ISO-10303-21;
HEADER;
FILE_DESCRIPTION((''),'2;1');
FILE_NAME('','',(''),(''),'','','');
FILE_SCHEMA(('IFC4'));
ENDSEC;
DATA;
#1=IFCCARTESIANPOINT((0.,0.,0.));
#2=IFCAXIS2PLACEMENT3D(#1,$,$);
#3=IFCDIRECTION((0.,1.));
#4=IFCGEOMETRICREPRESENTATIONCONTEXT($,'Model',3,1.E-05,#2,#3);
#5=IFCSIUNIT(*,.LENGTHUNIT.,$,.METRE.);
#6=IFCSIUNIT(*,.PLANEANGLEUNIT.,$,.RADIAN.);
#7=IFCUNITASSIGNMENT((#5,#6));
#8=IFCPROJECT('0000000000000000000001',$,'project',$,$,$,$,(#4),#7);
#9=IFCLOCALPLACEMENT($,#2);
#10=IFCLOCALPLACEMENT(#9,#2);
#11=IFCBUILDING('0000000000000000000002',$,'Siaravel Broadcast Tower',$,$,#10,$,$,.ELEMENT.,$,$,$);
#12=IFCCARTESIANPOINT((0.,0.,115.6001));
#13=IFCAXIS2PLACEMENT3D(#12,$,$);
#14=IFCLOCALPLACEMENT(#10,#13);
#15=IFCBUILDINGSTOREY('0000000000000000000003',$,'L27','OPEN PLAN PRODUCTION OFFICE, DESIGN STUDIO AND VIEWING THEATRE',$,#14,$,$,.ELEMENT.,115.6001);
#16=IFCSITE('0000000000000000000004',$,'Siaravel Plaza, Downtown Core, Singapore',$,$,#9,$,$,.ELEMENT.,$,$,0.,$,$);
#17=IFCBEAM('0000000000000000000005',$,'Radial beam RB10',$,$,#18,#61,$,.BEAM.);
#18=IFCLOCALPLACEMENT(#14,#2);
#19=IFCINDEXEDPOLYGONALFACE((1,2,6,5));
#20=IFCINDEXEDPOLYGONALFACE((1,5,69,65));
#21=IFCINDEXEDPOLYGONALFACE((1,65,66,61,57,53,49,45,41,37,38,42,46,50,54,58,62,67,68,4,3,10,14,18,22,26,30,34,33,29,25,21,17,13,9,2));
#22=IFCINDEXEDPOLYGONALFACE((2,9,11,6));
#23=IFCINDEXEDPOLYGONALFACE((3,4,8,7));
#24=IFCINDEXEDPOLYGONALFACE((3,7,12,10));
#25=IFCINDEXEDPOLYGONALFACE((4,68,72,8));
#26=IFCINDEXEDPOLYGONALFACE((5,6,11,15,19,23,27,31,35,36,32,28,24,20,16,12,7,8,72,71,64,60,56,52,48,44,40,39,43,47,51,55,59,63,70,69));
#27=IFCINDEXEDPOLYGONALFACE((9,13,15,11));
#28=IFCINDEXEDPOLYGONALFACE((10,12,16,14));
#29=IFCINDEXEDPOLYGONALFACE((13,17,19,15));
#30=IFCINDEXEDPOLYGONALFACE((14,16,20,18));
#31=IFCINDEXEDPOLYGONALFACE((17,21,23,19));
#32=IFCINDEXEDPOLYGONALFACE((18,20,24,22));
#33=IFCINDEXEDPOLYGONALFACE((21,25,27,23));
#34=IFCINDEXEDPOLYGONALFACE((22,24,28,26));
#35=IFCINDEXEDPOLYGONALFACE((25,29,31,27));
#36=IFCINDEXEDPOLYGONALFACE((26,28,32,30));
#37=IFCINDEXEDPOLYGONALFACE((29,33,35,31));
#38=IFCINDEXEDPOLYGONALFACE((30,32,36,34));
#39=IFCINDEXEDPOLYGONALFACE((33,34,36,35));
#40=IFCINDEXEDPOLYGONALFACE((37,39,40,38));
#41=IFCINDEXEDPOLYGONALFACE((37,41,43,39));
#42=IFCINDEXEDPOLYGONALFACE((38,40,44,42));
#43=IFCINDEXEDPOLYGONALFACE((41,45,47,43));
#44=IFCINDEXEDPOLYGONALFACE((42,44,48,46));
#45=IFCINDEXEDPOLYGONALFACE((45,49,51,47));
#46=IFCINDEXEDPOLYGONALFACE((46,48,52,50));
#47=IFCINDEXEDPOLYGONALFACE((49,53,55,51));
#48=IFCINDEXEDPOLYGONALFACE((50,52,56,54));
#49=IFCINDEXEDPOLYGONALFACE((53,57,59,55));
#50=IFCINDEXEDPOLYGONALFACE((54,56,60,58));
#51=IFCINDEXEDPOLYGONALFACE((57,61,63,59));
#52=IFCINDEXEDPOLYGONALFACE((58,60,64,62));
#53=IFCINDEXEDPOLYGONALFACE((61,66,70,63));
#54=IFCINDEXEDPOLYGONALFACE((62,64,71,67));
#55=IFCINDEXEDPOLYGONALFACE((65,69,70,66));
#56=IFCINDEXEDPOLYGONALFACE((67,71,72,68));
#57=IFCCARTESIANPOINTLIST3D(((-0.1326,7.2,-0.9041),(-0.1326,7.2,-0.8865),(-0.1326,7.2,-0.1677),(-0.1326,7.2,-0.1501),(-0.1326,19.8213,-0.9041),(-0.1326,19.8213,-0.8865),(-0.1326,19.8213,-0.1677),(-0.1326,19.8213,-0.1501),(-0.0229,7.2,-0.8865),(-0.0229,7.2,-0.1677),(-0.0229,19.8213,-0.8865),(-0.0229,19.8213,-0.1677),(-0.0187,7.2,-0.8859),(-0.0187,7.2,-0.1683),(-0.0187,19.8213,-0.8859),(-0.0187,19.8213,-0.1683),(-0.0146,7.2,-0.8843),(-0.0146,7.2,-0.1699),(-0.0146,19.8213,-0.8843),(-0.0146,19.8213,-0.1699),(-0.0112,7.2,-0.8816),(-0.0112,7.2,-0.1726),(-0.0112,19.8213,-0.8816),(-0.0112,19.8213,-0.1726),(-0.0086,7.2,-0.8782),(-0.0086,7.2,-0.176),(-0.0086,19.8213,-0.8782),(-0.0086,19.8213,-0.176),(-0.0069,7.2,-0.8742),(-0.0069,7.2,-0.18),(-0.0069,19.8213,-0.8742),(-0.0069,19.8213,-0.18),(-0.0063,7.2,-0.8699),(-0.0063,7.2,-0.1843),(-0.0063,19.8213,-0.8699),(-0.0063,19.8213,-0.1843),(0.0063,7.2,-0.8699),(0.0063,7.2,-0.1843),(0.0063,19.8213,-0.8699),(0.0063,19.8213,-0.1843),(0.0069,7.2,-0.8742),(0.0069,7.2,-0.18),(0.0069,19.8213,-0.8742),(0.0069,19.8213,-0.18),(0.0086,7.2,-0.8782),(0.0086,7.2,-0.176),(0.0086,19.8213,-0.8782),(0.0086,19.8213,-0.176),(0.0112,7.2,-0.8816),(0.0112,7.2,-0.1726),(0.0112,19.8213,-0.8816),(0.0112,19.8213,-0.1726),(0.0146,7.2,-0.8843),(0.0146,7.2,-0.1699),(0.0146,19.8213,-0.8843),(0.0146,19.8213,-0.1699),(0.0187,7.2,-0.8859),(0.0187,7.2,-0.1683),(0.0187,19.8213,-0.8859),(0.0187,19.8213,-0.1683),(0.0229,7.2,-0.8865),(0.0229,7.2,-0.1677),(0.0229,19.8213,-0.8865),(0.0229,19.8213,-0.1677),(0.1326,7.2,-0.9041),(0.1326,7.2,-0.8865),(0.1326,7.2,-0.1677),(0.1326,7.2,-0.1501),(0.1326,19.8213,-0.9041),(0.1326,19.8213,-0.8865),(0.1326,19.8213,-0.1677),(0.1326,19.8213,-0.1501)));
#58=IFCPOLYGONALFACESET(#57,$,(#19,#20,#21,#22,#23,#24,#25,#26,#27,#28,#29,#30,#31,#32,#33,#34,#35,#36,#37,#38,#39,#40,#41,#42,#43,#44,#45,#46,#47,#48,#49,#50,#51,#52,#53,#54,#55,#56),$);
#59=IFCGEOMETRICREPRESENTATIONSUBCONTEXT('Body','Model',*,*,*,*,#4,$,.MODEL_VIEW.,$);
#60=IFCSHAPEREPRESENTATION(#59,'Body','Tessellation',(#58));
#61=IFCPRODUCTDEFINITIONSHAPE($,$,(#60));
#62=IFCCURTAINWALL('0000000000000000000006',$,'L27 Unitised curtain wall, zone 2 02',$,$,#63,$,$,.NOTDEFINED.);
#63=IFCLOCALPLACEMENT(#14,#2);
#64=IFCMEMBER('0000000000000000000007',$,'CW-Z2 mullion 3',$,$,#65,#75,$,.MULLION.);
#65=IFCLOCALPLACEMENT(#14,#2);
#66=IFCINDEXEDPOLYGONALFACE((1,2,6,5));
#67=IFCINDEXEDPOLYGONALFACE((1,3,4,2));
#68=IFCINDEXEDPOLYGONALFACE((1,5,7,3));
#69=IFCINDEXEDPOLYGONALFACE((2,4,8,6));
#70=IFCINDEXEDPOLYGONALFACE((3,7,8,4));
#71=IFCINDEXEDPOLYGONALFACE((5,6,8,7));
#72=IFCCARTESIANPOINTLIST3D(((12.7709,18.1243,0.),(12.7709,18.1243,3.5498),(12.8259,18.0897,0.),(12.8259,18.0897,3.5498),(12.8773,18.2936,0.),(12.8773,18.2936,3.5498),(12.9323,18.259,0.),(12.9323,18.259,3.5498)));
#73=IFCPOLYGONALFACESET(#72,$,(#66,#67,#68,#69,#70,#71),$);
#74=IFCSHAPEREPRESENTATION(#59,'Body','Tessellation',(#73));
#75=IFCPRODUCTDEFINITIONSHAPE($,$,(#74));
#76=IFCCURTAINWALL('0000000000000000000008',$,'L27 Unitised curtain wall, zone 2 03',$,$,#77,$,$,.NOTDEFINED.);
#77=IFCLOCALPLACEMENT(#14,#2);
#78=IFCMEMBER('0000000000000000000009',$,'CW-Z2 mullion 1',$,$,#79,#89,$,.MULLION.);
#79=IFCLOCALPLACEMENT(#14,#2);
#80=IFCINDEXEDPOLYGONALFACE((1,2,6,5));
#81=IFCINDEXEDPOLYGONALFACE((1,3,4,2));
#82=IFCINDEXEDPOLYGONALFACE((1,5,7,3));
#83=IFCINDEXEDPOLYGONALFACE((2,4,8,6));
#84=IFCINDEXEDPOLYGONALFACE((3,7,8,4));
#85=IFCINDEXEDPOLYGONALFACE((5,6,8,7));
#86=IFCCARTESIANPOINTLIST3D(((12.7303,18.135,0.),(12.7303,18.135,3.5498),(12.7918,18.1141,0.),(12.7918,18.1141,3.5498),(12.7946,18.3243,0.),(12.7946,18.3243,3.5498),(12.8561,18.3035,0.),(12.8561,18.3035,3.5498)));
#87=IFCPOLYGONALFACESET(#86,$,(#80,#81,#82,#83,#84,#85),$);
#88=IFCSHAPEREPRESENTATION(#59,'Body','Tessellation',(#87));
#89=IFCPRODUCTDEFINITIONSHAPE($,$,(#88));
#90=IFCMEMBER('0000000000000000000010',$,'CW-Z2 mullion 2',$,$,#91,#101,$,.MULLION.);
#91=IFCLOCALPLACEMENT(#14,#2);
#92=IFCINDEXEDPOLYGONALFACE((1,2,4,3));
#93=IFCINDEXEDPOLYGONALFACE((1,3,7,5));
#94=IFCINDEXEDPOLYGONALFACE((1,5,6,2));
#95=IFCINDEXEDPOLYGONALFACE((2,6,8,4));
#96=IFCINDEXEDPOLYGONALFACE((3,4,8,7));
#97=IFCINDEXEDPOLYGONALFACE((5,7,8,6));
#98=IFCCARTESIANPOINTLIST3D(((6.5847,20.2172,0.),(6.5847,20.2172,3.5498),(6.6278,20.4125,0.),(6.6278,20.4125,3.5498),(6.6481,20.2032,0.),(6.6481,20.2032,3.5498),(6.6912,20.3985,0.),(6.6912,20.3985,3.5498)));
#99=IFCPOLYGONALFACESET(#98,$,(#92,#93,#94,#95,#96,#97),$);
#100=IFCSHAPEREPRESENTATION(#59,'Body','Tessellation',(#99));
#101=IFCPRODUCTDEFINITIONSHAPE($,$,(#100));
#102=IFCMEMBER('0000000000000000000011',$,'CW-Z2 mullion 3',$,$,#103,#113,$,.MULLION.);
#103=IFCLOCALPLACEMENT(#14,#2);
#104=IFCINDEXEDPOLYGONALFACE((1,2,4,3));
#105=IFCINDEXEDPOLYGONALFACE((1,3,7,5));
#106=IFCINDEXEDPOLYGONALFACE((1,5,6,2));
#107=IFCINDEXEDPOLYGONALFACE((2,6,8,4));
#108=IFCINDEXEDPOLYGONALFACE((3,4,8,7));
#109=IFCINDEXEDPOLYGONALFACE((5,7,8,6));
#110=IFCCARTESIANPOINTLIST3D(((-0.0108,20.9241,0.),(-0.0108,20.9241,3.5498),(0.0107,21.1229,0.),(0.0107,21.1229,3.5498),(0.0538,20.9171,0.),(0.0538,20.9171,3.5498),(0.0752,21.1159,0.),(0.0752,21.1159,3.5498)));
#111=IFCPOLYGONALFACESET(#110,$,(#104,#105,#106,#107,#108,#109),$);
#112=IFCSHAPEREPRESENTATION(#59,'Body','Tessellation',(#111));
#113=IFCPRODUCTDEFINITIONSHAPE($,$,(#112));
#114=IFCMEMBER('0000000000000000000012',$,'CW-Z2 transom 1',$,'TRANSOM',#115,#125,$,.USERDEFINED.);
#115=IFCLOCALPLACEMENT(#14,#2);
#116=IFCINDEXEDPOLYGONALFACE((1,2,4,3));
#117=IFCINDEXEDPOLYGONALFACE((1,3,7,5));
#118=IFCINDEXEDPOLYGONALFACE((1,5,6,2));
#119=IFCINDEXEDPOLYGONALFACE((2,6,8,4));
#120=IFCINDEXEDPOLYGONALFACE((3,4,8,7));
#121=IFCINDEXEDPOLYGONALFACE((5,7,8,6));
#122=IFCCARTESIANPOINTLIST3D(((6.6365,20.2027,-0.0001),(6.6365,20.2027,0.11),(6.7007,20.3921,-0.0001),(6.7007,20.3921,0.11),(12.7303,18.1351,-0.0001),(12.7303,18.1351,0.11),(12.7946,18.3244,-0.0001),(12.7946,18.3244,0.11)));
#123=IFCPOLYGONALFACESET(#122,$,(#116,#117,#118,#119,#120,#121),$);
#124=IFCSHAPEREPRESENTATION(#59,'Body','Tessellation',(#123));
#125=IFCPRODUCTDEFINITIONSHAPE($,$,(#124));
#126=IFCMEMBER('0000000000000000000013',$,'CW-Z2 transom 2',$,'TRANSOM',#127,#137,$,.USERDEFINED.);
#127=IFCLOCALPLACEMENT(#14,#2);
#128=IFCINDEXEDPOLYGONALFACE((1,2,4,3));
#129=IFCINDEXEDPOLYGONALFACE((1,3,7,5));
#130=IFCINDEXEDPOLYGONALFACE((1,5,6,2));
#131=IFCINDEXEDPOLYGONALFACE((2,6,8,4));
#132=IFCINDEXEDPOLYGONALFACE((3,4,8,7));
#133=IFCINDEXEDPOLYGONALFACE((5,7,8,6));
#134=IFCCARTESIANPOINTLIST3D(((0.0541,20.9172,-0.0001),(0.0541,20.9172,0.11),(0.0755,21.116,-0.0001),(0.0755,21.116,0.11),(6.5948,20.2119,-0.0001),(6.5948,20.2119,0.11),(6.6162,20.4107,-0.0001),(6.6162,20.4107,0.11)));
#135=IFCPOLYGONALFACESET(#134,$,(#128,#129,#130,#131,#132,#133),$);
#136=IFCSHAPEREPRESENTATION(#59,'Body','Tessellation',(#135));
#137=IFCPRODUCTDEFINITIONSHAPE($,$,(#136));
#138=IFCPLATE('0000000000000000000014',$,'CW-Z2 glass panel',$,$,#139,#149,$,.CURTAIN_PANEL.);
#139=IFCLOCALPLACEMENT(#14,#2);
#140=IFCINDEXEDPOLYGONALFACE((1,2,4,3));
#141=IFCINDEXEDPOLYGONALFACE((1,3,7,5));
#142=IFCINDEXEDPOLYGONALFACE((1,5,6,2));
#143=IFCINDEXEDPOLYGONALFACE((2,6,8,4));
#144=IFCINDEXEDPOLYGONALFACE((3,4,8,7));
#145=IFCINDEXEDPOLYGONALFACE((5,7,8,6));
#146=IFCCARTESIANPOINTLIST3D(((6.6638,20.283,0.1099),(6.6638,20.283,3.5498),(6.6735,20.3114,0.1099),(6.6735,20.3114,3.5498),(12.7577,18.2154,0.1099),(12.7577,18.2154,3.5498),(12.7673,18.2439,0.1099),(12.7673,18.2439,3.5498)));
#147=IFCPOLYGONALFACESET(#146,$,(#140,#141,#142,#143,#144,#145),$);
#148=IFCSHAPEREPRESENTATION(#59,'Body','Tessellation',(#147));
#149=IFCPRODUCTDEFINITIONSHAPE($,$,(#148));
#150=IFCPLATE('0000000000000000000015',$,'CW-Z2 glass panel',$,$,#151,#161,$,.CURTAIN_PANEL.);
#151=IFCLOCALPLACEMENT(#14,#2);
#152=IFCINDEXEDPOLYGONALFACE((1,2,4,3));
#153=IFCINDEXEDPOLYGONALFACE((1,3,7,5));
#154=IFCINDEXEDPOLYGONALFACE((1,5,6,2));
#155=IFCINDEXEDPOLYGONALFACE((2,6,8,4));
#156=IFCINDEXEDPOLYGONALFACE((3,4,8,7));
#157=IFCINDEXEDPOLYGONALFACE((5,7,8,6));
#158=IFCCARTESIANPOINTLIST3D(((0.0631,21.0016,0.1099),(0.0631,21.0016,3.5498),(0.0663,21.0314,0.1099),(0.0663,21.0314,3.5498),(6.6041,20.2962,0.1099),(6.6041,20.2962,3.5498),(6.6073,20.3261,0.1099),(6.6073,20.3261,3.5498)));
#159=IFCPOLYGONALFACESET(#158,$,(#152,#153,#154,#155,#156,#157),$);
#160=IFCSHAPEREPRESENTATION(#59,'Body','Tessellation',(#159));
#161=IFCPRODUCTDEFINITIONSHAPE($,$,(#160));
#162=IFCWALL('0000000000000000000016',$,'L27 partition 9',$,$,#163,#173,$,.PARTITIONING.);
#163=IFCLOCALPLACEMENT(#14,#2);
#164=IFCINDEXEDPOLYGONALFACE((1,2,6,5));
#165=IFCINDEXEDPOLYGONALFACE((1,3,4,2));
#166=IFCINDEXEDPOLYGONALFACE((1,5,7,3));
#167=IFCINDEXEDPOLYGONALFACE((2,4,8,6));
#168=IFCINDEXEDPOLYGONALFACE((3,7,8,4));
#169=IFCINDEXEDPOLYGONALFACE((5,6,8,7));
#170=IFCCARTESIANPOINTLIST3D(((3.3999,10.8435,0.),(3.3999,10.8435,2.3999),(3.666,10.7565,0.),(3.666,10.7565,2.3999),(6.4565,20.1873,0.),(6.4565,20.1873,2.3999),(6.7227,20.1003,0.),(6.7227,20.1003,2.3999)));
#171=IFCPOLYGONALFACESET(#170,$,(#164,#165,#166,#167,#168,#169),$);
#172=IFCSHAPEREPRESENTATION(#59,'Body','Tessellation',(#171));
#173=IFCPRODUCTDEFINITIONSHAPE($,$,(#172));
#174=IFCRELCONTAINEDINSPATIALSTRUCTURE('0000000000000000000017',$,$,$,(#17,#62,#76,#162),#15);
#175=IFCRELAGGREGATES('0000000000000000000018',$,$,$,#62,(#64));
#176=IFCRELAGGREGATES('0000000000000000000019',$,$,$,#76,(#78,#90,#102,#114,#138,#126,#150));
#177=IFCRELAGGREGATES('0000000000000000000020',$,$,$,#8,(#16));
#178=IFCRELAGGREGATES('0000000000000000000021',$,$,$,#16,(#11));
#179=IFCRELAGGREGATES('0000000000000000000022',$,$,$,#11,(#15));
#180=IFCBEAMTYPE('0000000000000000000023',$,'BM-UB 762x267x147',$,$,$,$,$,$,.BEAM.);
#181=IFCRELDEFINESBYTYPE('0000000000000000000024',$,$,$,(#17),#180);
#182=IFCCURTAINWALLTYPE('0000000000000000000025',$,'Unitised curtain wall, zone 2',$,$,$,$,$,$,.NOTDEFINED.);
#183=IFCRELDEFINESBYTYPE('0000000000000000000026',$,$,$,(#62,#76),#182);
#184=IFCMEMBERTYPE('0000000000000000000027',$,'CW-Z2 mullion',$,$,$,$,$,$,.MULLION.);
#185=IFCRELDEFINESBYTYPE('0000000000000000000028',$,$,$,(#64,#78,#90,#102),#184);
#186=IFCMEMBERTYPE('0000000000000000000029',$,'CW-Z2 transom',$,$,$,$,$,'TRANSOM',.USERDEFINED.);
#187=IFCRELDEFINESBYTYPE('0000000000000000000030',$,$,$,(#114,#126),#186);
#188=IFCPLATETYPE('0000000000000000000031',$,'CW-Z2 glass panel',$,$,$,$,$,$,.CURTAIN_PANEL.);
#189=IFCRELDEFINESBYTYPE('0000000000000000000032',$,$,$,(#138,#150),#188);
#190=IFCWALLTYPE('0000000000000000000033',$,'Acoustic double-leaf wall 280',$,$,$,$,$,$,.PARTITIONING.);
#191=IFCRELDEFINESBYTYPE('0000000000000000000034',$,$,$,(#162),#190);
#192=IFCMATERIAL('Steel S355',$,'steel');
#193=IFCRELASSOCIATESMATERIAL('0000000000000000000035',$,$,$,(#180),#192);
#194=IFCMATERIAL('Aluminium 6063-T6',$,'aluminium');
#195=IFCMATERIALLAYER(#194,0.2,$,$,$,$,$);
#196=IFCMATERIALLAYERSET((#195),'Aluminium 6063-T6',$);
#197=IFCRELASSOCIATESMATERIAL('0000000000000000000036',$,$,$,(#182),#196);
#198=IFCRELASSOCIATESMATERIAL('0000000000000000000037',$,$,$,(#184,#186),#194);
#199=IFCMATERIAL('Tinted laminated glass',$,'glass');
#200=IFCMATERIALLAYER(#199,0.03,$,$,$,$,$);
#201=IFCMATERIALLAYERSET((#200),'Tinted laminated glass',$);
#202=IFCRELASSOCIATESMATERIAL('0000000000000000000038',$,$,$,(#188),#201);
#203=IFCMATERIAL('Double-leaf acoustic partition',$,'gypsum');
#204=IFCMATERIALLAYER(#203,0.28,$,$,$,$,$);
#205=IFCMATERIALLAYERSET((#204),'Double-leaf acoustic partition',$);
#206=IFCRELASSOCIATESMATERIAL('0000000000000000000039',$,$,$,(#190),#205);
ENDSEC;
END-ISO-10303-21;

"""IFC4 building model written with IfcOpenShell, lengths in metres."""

from ifc_helpers import new_model, si_unit, direction, frame, frame_2d, origin, origin_2d, place, context, subcontext, project, spatial, rectangle, i_section, extrude, material, layer, layer_set, material_profile, profile_set, type_object, element, aggregate, save


model = new_model("IFC4")

# Units and contexts
model_context = context("Model", 3, precision=1e-05, world=origin(), true_north=direction((0.0, 1.0)))
body_context = subcontext(model_context, "Body", "Model", "MODEL_VIEW")
ifc_project = project(units=[si_unit("LENGTHUNIT", "METRE"), si_unit("PLANEANGLEUNIT", "RADIAN")], contexts=[model_context])

# Site, building, storey
site_placement = place(None, origin())
site = spatial("IfcSite", under=ifc_project, at=site_placement, Name="Siaravel Plaza, Downtown Core, Singapore", CompositionType="ELEMENT", RefElevation=0.0)
building_placement = place(site_placement, origin())
building = spatial("IfcBuilding", under=site, at=building_placement, Name="Siaravel Broadcast Tower", CompositionType="ELEMENT")
storey_placement = place(building_placement, frame((0.0, 0.0, 115.6001)))
storey = spatial("IfcBuildingStorey", under=building, at=storey_placement, Name="L27", Description="OPEN PLAN PRODUCTION OFFICE, DESIGN STUDIO AND VIEWING THEATRE", CompositionType="ELEMENT", Elevation=115.6001)

# Beam
ifc_material_1 = material(Name="Steel S355", Category="steel")
ifc_material_profile_1 = material_profile(ifc_material_1, i_section(OverallWidth=0.2651, OverallDepth=0.7539, WebThickness=0.0127, FlangeThickness=0.0176, FilletRadius=0.0166, at=origin_2d()))
ifc_profile_set_1 = profile_set([ifc_material_profile_1], Name="Steel S355")
beam_type = type_object("IfcBeamType", Name="BM-UB 762x267x147", PredefinedType="BEAM", material=ifc_profile_set_1)
beam_1_placement = place(storey_placement, frame((0.0, 19.8213, -0.5271), z_axis=(0.0, -1.0, 0.0), x_axis=(1.0, 0.0, 0.0)))
element("IfcBeam", 1, at=beam_1_placement, inside=storey, type_object=beam_type, Name="Radial beam RB10", PredefinedType="BEAM", context=body_context, shape_type="SweptSolid", body=[
    extrude(i_section(OverallWidth=0.2651, OverallDepth=0.7539, WebThickness=0.0127, FlangeThickness=0.0176, FilletRadius=0.0166, at=origin_2d()), origin(), (0.0, 0.0, 1.0), 12.6213),
])

# Curtain wall, member
ifc_material_2 = material(Name="Aluminium 6063-T6", Category="aluminium")
ifc_layer_1 = layer(ifc_material_2, 0.2)
ifc_layer_set_1 = layer_set([ifc_layer_1], Name="Aluminium 6063-T6")
curtain_wall_type = type_object("IfcCurtainWallType", Name="Unitised curtain wall, zone 2", PredefinedType="NOTDEFINED", material=ifc_layer_set_1)
curtain_wall_1_placement = place(storey_placement, origin())
curtain_wall_1 = element("IfcCurtainWall", 2, at=curtain_wall_1_placement, inside=storey, type_object=curtain_wall_type, Name="L27 Unitised curtain wall, zone 2 02", PredefinedType="NOTDEFINED")
ifc_material_profile_2 = material_profile(ifc_material_2, rectangle(XDim=0.2, YDim=0.0649, at=origin_2d()))
ifc_profile_set_2 = profile_set([ifc_material_profile_2], Name="Aluminium 6063-T6")
member_type_1 = type_object("IfcMemberType", Name="CW-Z2 mullion", PredefinedType="MULLION", material=ifc_profile_set_2)
member_1_placement = place(storey_placement, frame((12.8516, 18.1917, 0.0), z_axis=(0.0, 0.0, 1.0), x_axis=(-0.532149, -0.846651, 0.0)))
member_1 = element("IfcMember", 3, at=member_1_placement, type_object=member_type_1, Name="CW-Z2 mullion 3", PredefinedType="MULLION", context=body_context, shape_type="SweptSolid", body=[
    extrude(rectangle(XDim=0.2, YDim=0.0649, at=origin_2d()), origin(), (0.0, 0.0, 1.0), 3.5498),
])
aggregate(curtain_wall_1, [member_1])

# Curtain wall, members, plates
curtain_wall_2_placement = place(storey_placement, origin())
curtain_wall_2 = element("IfcCurtainWall", 4, at=curtain_wall_2_placement, inside=storey, type_object=curtain_wall_type, Name="L27 Unitised curtain wall, zone 2 03", PredefinedType="NOTDEFINED")
member_2_placement = place(storey_placement, frame((12.7932, 18.2192, 0.0), z_axis=(0.0, 0.0, 1.0), x_axis=(-0.321301, -0.946977, 0.0)))
member_2 = element("IfcMember", 5, at=member_2_placement, type_object=member_type_1, Name="CW-Z2 mullion 1", PredefinedType="MULLION", context=body_context, shape_type="SweptSolid", body=[
    extrude(rectangle(XDim=0.2, YDim=0.0649, at=origin_2d()), origin(), (0.0, 0.0, 1.0), 3.5498),
])
member_3_placement = place(storey_placement, frame((6.6379, 20.3079, 0.0), z_axis=(0.0, 0.0, 1.0), x_axis=(-0.215558, -0.976491, 0.0)))
member_3 = element("IfcMember", 6, at=member_3_placement, type_object=member_type_1, Name="CW-Z2 mullion 2", PredefinedType="MULLION", context=body_context, shape_type="SweptSolid", body=[
    extrude(rectangle(XDim=0.2, YDim=0.0649, at=origin_2d()), origin(), (0.0, 0.0, 1.0), 3.5498),
])
member_4_placement = place(storey_placement, frame((0.0322, 21.02, 0.0), z_axis=(0.0, 0.0, 1.0), x_axis=(-0.107217, -0.994236, 0.0)))
member_4 = element("IfcMember", 7, at=member_4_placement, type_object=member_type_1, Name="CW-Z2 mullion 3", PredefinedType="MULLION", context=body_context, shape_type="SweptSolid", body=[
    extrude(rectangle(XDim=0.2, YDim=0.0649, at=origin_2d()), origin(), (0.0, 0.0, 1.0), 3.5498),
])
ifc_material_profile_3 = material_profile(ifc_material_2, rectangle(XDim=0.2, YDim=0.1101, at=origin_2d()))
ifc_profile_set_3 = profile_set([ifc_material_profile_3], Name="Aluminium 6063-T6")
member_type_2 = type_object("IfcMemberType", Name="CW-Z2 transom", ElementType="TRANSOM", PredefinedType="USERDEFINED", material=ifc_profile_set_3)
member_5_placement = place(storey_placement, frame((12.7625, 18.2297, 0.0549), z_axis=(-0.946974, 0.321311, 0.0), x_axis=(-0.321311, -0.946974, 0.0)))
member_5 = element("IfcMember", 8, at=member_5_placement, type_object=member_type_2, Name="CW-Z2 transom 1", ObjectType="TRANSOM", PredefinedType="USERDEFINED", context=body_context, shape_type="SweptSolid", body=[
    extrude(rectangle(XDim=0.2, YDim=0.1101, at=origin_2d()), origin(), (0.0, 0.0, 1.0), 6.4351),
])
member_6_placement = place(storey_placement, frame((6.6055, 20.3113, 0.0549), z_axis=(-0.994236, 0.107213, 0.0), x_axis=(-0.107213, -0.994236, 0.0)))
member_6 = element("IfcMember", 9, at=member_6_placement, type_object=member_type_2, Name="CW-Z2 transom 2", ObjectType="TRANSOM", PredefinedType="USERDEFINED", context=body_context, shape_type="SweptSolid", body=[
    extrude(rectangle(XDim=0.2, YDim=0.1101, at=origin_2d()), origin(), (0.0, 0.0, 1.0), 6.5786),
])
ifc_material_3 = material(Name="Tinted laminated glass", Category="glass")
ifc_layer_2 = layer(ifc_material_3, 0.03)
ifc_layer_set_2 = layer_set([ifc_layer_2], Name="Tinted laminated glass")
plate_type = type_object("IfcPlateType", Name="CW-Z2 glass panel", PredefinedType="CURTAIN_PANEL", material=ifc_layer_set_2)
plate_1_placement = place(storey_placement, frame((9.7156, 19.2634, 0.1099), z_axis=(0.0, 0.0, 1.0), x_axis=(-0.946977, 0.321301, 0.0)))
plate_1 = element("IfcPlate", 10, at=plate_1_placement, type_object=plate_type, Name="CW-Z2 glass panel", PredefinedType="CURTAIN_PANEL", context=body_context, shape_type="SweptSolid", body=[
    extrude(rectangle(XDim=6.4351, YDim=0.03, at=origin_2d()), origin(), (0.0, 0.0, 1.0), 3.4399),
])
plate_2_placement = place(storey_placement, frame((3.3352, 20.6638, 0.1099), z_axis=(0.0, 0.0, 1.0), x_axis=(-0.994236, 0.107217, 0.0)))
plate_2 = element("IfcPlate", 11, at=plate_2_placement, type_object=plate_type, Name="CW-Z2 glass panel", PredefinedType="CURTAIN_PANEL", context=body_context, shape_type="SweptSolid", body=[
    extrude(rectangle(XDim=6.5789, YDim=0.03, at=origin_2d()), origin(), (0.0, 0.0, 1.0), 3.4399),
])
aggregate(curtain_wall_2, [member_2, member_3, member_4, member_5, plate_1, member_6, plate_2])

# Wall
ifc_material_4 = material(Name="Double-leaf acoustic partition", Category="gypsum")
ifc_layer_3 = layer(ifc_material_4, 0.28)
ifc_layer_set_3 = layer_set([ifc_layer_3], Name="Double-leaf acoustic partition")
wall_type_1 = type_object("IfcWallType", Name="Acoustic double-leaf wall 280", PredefinedType="PARTITIONING", material=ifc_layer_set_3)
wall_1_placement = place(storey_placement, frame((6.5896, 20.1438, 0.0), z_axis=(0.0, 0.0, 1.0), x_axis=(-0.310918, -0.950437, 0.0)))
element("IfcWall", 12, at=wall_1_placement, inside=storey, type_object=wall_type_1, Name="L27 partition 9", PredefinedType="PARTITIONING", context=body_context, shape_type="SweptSolid", body=[
    extrude(rectangle(XDim=9.8311, YDim=0.28, at=frame_2d((4.9155, 0.0))), origin(), (0.0, 0.0, 1.0), 2.3999),
])

save(model, "model.ifc")
